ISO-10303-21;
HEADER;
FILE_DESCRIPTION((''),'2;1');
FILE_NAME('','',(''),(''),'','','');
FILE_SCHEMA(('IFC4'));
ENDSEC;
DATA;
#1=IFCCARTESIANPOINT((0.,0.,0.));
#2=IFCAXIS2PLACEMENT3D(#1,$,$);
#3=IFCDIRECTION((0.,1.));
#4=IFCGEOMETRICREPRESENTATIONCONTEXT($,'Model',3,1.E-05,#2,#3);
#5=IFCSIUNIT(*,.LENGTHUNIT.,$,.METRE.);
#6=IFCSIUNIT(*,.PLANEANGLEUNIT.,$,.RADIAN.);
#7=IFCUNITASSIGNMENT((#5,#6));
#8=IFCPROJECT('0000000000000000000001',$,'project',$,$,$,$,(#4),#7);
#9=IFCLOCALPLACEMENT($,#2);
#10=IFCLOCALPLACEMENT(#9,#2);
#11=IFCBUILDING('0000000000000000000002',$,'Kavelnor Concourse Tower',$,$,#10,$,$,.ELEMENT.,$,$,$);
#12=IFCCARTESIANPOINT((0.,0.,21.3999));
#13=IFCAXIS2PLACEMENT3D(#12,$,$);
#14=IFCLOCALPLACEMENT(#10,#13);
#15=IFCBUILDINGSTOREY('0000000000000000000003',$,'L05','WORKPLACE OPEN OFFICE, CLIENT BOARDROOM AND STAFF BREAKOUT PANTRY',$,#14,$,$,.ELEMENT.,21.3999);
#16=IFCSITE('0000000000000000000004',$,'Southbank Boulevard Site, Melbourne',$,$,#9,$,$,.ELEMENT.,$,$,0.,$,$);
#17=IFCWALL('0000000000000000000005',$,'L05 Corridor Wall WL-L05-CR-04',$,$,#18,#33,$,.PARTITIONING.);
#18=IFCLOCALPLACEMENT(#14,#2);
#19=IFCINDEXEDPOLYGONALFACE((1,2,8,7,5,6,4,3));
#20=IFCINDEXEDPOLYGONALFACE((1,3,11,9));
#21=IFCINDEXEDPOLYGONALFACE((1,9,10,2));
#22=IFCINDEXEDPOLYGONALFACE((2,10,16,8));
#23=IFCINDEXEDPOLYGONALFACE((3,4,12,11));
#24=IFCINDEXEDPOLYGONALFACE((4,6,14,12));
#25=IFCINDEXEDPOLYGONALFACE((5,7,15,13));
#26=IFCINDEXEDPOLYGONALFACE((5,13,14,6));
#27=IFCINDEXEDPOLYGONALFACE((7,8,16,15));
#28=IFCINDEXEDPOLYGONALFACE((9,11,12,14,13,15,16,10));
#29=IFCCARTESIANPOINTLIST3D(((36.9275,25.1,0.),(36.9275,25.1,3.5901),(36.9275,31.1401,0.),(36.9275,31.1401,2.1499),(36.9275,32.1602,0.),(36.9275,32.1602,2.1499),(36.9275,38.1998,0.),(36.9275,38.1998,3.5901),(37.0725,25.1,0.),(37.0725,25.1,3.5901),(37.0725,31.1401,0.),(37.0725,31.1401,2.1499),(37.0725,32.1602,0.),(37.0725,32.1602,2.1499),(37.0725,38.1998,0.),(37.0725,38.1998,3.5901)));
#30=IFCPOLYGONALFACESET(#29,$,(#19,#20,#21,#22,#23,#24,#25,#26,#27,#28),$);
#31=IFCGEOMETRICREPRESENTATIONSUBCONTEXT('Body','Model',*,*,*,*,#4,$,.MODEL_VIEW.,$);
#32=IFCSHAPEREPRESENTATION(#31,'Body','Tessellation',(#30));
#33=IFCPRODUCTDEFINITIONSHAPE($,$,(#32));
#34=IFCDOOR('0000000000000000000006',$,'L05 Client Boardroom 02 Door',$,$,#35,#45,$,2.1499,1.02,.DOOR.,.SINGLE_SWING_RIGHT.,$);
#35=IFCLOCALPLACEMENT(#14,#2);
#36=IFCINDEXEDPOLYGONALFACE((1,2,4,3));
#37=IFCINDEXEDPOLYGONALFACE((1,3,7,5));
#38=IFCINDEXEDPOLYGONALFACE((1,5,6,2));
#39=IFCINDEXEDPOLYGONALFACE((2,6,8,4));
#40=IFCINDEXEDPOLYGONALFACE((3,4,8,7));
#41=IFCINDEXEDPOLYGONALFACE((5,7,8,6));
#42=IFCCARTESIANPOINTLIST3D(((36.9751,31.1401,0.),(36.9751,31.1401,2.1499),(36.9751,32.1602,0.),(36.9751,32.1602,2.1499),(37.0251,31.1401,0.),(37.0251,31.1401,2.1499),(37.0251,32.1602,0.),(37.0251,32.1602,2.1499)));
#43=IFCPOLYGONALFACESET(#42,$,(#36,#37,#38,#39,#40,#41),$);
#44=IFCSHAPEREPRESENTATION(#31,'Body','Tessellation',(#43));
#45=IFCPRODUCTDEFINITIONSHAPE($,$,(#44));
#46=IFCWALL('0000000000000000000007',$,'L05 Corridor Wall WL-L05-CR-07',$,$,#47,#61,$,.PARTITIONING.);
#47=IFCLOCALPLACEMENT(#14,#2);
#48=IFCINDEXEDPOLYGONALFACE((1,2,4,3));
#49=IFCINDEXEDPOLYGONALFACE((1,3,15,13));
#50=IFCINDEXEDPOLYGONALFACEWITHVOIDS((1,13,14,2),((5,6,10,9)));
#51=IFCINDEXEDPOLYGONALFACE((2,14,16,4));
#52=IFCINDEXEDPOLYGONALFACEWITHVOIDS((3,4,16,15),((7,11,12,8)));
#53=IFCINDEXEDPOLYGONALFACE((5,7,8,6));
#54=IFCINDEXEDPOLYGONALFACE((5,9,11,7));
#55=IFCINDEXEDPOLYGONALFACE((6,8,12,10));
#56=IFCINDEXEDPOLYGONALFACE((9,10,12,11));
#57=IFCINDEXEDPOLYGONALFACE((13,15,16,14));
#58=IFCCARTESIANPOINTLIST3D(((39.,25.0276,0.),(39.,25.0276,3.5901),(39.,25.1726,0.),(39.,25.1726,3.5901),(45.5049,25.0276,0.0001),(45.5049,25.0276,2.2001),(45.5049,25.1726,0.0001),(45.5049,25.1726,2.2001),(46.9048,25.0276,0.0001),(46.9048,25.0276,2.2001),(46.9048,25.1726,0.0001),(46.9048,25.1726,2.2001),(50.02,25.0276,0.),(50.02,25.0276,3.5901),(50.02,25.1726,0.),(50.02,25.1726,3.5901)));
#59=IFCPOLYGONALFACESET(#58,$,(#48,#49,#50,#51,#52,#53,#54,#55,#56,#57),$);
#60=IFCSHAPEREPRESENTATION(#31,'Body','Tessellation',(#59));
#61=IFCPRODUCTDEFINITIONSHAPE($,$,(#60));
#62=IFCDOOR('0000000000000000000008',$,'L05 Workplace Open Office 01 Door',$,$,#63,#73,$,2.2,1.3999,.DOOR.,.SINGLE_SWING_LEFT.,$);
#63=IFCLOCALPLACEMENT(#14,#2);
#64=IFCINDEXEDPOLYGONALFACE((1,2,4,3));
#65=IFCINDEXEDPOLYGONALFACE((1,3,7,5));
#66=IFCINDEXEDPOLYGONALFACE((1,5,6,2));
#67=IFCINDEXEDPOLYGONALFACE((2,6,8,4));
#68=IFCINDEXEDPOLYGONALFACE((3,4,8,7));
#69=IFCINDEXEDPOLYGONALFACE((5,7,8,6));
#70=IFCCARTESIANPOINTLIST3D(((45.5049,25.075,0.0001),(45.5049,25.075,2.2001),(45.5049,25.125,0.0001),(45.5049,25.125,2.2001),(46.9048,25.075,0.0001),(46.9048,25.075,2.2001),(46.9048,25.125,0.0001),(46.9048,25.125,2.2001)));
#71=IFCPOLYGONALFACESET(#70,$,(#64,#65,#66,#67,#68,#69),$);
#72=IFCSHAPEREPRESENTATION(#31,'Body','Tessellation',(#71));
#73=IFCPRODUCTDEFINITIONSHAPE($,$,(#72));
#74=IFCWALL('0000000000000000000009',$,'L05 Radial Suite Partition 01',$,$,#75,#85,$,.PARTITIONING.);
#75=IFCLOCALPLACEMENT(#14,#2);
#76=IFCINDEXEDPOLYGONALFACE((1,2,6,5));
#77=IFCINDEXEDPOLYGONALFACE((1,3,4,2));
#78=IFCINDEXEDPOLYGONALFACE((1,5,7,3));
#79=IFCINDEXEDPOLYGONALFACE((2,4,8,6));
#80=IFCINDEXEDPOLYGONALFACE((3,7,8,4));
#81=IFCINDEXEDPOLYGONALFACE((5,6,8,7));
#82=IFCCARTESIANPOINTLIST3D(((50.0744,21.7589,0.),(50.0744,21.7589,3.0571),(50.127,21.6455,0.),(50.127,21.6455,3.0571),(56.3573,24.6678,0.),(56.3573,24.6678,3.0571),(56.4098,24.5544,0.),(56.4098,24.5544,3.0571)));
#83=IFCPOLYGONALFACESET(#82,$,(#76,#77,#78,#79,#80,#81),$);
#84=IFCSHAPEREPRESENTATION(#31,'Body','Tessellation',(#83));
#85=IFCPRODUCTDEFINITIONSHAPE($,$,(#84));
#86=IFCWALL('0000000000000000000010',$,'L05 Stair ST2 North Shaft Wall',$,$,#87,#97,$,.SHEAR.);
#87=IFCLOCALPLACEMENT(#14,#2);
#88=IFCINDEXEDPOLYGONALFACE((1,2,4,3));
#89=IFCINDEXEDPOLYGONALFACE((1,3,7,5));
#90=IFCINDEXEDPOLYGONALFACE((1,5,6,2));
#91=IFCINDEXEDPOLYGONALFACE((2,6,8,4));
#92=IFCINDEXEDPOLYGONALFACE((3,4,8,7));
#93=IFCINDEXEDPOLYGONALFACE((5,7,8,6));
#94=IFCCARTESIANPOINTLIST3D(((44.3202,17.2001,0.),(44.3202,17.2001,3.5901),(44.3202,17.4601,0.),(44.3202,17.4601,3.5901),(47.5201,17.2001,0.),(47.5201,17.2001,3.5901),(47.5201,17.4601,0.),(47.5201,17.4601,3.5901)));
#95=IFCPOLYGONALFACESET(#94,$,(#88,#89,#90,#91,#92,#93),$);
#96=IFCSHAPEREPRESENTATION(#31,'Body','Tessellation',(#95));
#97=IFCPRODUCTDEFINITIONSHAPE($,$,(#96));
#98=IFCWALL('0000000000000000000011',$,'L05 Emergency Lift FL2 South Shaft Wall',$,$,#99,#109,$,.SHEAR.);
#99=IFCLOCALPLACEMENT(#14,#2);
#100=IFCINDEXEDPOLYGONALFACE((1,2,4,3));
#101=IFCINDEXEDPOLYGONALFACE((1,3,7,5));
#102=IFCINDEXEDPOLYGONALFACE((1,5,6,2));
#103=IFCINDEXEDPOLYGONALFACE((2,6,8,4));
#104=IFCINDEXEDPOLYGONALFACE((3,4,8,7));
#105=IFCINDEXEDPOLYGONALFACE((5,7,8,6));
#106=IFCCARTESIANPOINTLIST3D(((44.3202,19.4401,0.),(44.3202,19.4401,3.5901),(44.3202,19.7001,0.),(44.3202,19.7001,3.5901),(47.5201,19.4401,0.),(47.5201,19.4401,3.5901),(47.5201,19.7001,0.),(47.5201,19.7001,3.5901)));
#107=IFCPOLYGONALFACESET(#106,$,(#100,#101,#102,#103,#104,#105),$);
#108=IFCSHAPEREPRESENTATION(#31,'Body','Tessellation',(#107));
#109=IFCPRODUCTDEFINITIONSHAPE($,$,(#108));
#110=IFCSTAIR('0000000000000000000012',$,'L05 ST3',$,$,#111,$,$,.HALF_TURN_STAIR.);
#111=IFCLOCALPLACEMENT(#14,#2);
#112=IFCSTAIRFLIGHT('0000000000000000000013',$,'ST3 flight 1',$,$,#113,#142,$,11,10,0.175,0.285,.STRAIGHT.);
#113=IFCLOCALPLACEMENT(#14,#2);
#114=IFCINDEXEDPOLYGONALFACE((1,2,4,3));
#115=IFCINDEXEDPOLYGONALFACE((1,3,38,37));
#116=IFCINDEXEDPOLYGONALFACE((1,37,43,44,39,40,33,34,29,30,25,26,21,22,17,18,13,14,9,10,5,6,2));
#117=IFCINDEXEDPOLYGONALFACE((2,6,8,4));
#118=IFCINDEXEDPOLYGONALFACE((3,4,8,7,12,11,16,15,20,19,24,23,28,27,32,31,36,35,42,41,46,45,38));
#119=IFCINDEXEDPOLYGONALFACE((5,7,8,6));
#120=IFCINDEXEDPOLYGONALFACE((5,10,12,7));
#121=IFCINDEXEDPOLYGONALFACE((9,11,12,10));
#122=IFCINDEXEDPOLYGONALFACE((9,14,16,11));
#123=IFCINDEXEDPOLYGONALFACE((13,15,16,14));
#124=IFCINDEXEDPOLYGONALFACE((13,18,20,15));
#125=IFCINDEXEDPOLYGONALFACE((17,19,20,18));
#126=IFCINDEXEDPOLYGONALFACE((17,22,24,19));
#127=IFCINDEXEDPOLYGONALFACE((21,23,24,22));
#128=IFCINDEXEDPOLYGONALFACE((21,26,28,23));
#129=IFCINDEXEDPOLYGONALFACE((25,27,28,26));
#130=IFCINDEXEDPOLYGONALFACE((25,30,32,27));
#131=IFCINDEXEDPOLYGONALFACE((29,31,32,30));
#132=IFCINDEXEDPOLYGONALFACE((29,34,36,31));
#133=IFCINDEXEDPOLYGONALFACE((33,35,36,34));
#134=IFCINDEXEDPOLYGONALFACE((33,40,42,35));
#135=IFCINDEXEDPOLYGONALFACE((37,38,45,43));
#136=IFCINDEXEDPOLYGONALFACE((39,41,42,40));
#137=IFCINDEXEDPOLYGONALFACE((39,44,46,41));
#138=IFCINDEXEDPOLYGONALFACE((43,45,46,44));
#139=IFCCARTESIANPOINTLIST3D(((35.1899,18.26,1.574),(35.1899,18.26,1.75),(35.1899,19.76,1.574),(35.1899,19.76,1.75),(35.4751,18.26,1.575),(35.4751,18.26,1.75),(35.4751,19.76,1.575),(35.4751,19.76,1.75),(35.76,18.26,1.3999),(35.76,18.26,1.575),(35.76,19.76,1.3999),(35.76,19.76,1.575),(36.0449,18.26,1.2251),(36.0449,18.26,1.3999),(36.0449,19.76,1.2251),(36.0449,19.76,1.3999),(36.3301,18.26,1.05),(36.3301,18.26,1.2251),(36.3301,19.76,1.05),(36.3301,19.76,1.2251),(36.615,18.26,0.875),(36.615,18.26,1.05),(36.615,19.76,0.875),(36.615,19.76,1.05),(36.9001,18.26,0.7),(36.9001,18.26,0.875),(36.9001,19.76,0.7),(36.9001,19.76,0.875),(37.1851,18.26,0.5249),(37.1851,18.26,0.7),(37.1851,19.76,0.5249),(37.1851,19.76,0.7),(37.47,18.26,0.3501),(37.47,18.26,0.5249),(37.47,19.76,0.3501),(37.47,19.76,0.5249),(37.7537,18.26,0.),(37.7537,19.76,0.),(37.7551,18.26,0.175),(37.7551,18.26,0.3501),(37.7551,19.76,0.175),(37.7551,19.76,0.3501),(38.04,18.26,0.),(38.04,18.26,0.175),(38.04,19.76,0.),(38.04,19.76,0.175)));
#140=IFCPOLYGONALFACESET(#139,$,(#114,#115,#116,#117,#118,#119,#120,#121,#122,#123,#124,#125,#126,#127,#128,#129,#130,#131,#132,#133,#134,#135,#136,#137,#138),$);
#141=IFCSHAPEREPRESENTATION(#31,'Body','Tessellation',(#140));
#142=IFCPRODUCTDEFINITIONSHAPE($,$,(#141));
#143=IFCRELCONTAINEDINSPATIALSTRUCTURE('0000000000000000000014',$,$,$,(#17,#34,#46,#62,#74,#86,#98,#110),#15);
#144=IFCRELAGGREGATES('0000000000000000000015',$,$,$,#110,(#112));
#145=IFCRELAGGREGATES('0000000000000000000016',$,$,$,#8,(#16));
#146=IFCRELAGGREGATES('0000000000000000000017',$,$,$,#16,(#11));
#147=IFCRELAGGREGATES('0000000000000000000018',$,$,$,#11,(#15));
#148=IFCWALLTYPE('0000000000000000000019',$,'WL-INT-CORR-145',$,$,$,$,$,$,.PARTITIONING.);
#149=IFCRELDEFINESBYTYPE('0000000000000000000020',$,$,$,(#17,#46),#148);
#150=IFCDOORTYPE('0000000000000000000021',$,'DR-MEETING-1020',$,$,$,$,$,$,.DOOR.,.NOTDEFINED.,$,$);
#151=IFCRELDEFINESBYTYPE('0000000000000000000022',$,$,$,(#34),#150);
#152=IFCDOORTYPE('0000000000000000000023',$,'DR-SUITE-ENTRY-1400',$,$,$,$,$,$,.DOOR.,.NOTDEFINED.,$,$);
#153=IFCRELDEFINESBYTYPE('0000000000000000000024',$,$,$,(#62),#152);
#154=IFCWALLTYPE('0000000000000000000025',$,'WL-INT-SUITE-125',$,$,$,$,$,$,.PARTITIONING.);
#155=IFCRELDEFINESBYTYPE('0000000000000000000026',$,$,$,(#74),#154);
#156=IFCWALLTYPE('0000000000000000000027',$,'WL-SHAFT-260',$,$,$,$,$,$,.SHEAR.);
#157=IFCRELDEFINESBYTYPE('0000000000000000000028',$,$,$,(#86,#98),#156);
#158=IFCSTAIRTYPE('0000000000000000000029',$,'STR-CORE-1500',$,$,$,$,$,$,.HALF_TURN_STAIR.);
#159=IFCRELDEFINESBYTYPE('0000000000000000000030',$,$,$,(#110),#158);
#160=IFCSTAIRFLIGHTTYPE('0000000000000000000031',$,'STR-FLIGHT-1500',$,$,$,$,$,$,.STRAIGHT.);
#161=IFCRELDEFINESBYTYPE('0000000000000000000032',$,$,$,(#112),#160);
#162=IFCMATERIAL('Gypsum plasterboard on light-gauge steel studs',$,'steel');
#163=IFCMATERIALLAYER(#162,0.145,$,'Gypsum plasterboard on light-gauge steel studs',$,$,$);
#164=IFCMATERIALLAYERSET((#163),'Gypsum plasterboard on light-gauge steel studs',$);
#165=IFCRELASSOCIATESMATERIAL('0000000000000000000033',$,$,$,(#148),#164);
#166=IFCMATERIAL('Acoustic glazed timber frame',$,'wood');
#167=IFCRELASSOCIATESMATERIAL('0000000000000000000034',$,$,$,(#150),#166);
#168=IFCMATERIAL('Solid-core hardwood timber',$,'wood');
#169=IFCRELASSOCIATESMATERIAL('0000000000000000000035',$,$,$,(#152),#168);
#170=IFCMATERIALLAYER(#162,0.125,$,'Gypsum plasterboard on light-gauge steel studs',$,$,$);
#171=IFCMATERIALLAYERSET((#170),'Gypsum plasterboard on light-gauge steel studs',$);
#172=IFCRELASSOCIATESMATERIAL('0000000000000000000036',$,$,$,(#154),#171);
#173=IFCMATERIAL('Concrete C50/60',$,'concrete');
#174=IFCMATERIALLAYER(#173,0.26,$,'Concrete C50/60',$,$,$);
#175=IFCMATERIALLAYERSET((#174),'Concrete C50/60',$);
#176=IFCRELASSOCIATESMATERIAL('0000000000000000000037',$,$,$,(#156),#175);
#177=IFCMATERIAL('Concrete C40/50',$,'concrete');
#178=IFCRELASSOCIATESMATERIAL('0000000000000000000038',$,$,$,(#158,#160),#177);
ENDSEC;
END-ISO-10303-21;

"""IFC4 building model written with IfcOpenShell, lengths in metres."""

from ifc_helpers import new_model, si_unit, direction, frame, frame_2d, origin, place, context, subcontext, project, spatial, polyline, rectangle, outline, extrude, material, layer, layer_set, type_object, element, fill, aggregate, save


model = new_model("IFC4")

# Units and contexts
model_context = context("Model", 3, precision=1e-05, world=origin(), true_north=direction((0.0, 1.0)))
body_context = subcontext(model_context, "Body", "Model", "MODEL_VIEW")
ifc_project = project(units=[si_unit("LENGTHUNIT", "METRE"), si_unit("PLANEANGLEUNIT", "RADIAN")], contexts=[model_context])

# Site, building, storey
site_placement = place(None, origin())
site = spatial("IfcSite", under=ifc_project, at=site_placement, Name="Southbank Boulevard Site, Melbourne", CompositionType="ELEMENT", RefElevation=0.0)
building_placement = place(site_placement, origin())
building = spatial("IfcBuilding", under=site, at=building_placement, Name="Kavelnor Concourse Tower", CompositionType="ELEMENT")
storey_placement = place(building_placement, frame((0.0, 0.0, 21.3999)))
storey = spatial("IfcBuildingStorey", under=building, at=storey_placement, Name="L05", Description="WORKPLACE OPEN OFFICE, CLIENT BOARDROOM AND STAFF BREAKOUT PANTRY", CompositionType="ELEMENT", Elevation=21.3999)

# Walls, openings, doors
ifc_material_1 = material(Name="Gypsum plasterboard on light-gauge steel studs", Category="steel")
ifc_layer_1 = layer(ifc_material_1, 0.145, Name="Gypsum plasterboard on light-gauge steel studs")
ifc_layer_set_1 = layer_set([ifc_layer_1], Name="Gypsum plasterboard on light-gauge steel studs")
wall_type_1 = type_object("IfcWallType", Name="WL-INT-CORR-145", PredefinedType="PARTITIONING", material=ifc_layer_set_1)
wall_1_placement = place(storey_placement, frame((37.0, 25.1001, 0.0), z_axis=(0.0, 0.0, 1.0), x_axis=(0.0, 1.0, 0.0)))
wall_1 = element("IfcWall", 1, at=wall_1_placement, inside=storey, type_object=wall_type_1, Name="L05 Corridor Wall WL-L05-CR-04", PredefinedType="PARTITIONING", context=body_context, shape_type="SweptSolid", body=[
    extrude(rectangle(XDim=13.0999, YDim=0.145, at=frame_2d((6.5498, 0.0))), origin(), (0.0, 0.0, 1.0), 3.5901),
])
opening_1_placement = place(wall_1_placement, frame((6.04, 0.0, 0.0)))
opening_1 = element("IfcOpeningElement", 2, at=opening_1_placement, cuts=wall_1, PredefinedType="OPENING", context=body_context, shape_type="SweptSolid", body=[
    extrude(rectangle(XDim=1.02, YDim=2.1499, at=frame_2d((0.51, 1.075))), frame((0.0, 0.0825, 0.0), z_axis=(0.0, -1.0, 0.0), x_axis=(1.0, 0.0, 0.0)), (0.0, 0.0, 1.0), 0.165),
])
ifc_material_2 = material(Name="Acoustic glazed timber frame", Category="wood")
door_type_1 = type_object("IfcDoorType", Name="DR-MEETING-1020", OperationType="NOTDEFINED", PredefinedType="DOOR", material=ifc_material_2)
door_1_placement = place(opening_1_placement, origin())
door_1 = element("IfcDoor", 3, at=door_1_placement, inside=storey, type_object=door_type_1, Name="L05 Client Boardroom 02 Door", OperationType="SINGLE_SWING_RIGHT", OverallHeight=2.1499, OverallWidth=1.02, PredefinedType="DOOR", context=body_context, shape_type="SweptSolid", body=[
    extrude(rectangle(XDim=1.02, YDim=2.1499, at=frame_2d((0.51, 1.075))), frame((0.0, 0.0249, 0.0), z_axis=(0.0, -1.0, 0.0), x_axis=(1.0, 0.0, 0.0)), (0.0, 0.0, 1.0), 0.05),
])
fill(opening_1, door_1)
wall_2_placement = place(storey_placement, frame((39.0, 25.1001, 0.0), z_axis=(0.0, 0.0, 1.0), x_axis=(1.0, 0.0, 0.0)))
wall_2 = element("IfcWall", 4, at=wall_2_placement, inside=storey, type_object=wall_type_1, Name="L05 Corridor Wall WL-L05-CR-07", PredefinedType="PARTITIONING", context=body_context, shape_type="SweptSolid", body=[
    extrude(rectangle(XDim=11.02, YDim=0.145, at=frame_2d((5.51, 0.0))), origin(), (0.0, 0.0, 1.0), 3.5901),
])
opening_2_placement = place(wall_2_placement, frame((6.5049, 0.0, 0.0)))
opening_2 = element("IfcOpeningElement", 5, at=opening_2_placement, cuts=wall_2, PredefinedType="OPENING", context=body_context, shape_type="SweptSolid", body=[
    extrude(rectangle(XDim=1.3999, YDim=2.2, at=frame_2d((0.7, 1.1001))), frame((0.0, 0.0825, 0.0), z_axis=(0.0, -1.0, 0.0), x_axis=(1.0, 0.0, 0.0)), (0.0, 0.0, 1.0), 0.165),
])
ifc_material_3 = material(Name="Solid-core hardwood timber", Category="wood")
door_type_2 = type_object("IfcDoorType", Name="DR-SUITE-ENTRY-1400", OperationType="NOTDEFINED", PredefinedType="DOOR", material=ifc_material_3)
door_2_placement = place(opening_2_placement, origin())
door_2 = element("IfcDoor", 6, at=door_2_placement, inside=storey, type_object=door_type_2, Name="L05 Workplace Open Office 01 Door", OperationType="SINGLE_SWING_LEFT", OverallHeight=2.2, OverallWidth=1.3999, PredefinedType="DOOR", context=body_context, shape_type="SweptSolid", body=[
    extrude(rectangle(XDim=1.3999, YDim=2.2, at=frame_2d((0.7, 1.1001))), frame((0.0, 0.0249, 0.0), z_axis=(0.0, -1.0, 0.0), x_axis=(1.0, 0.0, 0.0)), (0.0, 0.0, 1.0), 0.05),
])
fill(opening_2, door_2)

# Walls
ifc_layer_2 = layer(ifc_material_1, 0.125, Name="Gypsum plasterboard on light-gauge steel studs")
ifc_layer_set_2 = layer_set([ifc_layer_2], Name="Gypsum plasterboard on light-gauge steel studs")
wall_type_2 = type_object("IfcWallType", Name="WL-INT-SUITE-125", PredefinedType="PARTITIONING", material=ifc_layer_set_2)
wall_3_placement = place(storey_placement, frame((50.1006, 21.7021, 0.0), z_axis=(0.0, 0.0, 1.0), x_axis=(0.907458, 0.420142, 0.0)))
element("IfcWall", 7, at=wall_3_placement, inside=storey, type_object=wall_type_2, Name="L05 Radial Suite Partition 01", PredefinedType="PARTITIONING", context=body_context, shape_type="SweptSolid", body=[
    extrude(rectangle(XDim=6.9236, YDim=0.125, at=frame_2d((3.4619, 0.0))), origin(), (0.0, 0.0, 1.0), 3.0571),
])
ifc_material_4 = material(Name="Concrete C50/60", Category="concrete")
ifc_layer_3 = layer(ifc_material_4, 0.26, Name="Concrete C50/60")
ifc_layer_set_3 = layer_set([ifc_layer_3], Name="Concrete C50/60")
wall_type_3 = type_object("IfcWallType", Name="WL-SHAFT-260", PredefinedType="SHEAR", material=ifc_layer_set_3)
for number, where, z_axis, x_axis, name in (
    (8, (44.3201, 17.3301, 0.0), (0.0, 0.0, 1.0), (1.0, 0.0, 0.0), "L05 Stair ST2 North Shaft Wall"),
    (9, (44.3201, 19.5701, 0.0), (0.0, 0.0, 1.0), (1.0, 0.0, 0.0), "L05 Emergency Lift FL2 South Shaft Wall"),
):
    element("IfcWall", number, at=place(storey_placement, frame(where, z_axis=z_axis, x_axis=x_axis)), inside=storey, type_object=wall_type_3, Name=name, PredefinedType="SHEAR", context=body_context, shape_type="SweptSolid", body=[
        extrude(rectangle(XDim=3.2, YDim=0.26, at=frame_2d((1.6001, 0.0))), origin(), (0.0, 0.0, 1.0), 3.5901),
    ])

# Stair, stair flight
ifc_material_5 = material(Name="Concrete C40/50", Category="concrete")
stair_type = type_object("IfcStairType", Name="STR-CORE-1500", PredefinedType="HALF_TURN_STAIR", material=ifc_material_5)
stair_placement = place(storey_placement, origin())
stair = element("IfcStair", 10, at=stair_placement, inside=storey, type_object=stair_type, Name="L05 ST3", PredefinedType="HALF_TURN_STAIR")
stair_flight_type = type_object("IfcStairFlightType", Name="STR-FLIGHT-1500", PredefinedType="STRAIGHT", material=ifc_material_5)
stair_flight_placement = place(storey_placement, frame((38.04, 19.01, 0.0), z_axis=(0.0, 0.0, 1.0), x_axis=(-1.0, 0.0, 0.0)))
stair_flight = element("IfcStairFlight", 11, at=stair_flight_placement, type_object=stair_flight_type, Name="ST3 flight 1", NumberOfRisers=11, NumberOfTreads=10, PredefinedType="STRAIGHT", RiserHeight=0.175, TreadLength=0.285, context=body_context, shape_type="SweptSolid", body=[
    extrude(outline(polyline([(0.0, 0.0), (0.0, 0.175), (0.2849, 0.175), (0.2849, 0.3501), (0.5701, 0.3501), (0.5701, 0.5249), (0.855, 0.5249), (0.855, 0.7), (1.1399, 0.7), (1.1399, 0.875), (1.425, 0.875), (1.425, 1.05), (1.71, 1.05), (1.71, 1.2251), (1.9951, 1.2251), (1.9951, 1.3999), (2.28, 1.3999), (2.28, 1.575), (2.5649, 1.575), (2.5649, 1.75), (2.8501, 1.75), (2.8501, 1.925), (2.8501, 1.574), (0.2864, 0.0), (0.0, 0.0)])), frame((0.0, 0.75, 0.0), z_axis=(0.0, -1.0, 0.0), x_axis=(1.0, 0.0, 0.0)), (0.0, 0.0, 1.0), 1.5),
])
aggregate(stair, [stair_flight])

save(model, "model.ifc")
